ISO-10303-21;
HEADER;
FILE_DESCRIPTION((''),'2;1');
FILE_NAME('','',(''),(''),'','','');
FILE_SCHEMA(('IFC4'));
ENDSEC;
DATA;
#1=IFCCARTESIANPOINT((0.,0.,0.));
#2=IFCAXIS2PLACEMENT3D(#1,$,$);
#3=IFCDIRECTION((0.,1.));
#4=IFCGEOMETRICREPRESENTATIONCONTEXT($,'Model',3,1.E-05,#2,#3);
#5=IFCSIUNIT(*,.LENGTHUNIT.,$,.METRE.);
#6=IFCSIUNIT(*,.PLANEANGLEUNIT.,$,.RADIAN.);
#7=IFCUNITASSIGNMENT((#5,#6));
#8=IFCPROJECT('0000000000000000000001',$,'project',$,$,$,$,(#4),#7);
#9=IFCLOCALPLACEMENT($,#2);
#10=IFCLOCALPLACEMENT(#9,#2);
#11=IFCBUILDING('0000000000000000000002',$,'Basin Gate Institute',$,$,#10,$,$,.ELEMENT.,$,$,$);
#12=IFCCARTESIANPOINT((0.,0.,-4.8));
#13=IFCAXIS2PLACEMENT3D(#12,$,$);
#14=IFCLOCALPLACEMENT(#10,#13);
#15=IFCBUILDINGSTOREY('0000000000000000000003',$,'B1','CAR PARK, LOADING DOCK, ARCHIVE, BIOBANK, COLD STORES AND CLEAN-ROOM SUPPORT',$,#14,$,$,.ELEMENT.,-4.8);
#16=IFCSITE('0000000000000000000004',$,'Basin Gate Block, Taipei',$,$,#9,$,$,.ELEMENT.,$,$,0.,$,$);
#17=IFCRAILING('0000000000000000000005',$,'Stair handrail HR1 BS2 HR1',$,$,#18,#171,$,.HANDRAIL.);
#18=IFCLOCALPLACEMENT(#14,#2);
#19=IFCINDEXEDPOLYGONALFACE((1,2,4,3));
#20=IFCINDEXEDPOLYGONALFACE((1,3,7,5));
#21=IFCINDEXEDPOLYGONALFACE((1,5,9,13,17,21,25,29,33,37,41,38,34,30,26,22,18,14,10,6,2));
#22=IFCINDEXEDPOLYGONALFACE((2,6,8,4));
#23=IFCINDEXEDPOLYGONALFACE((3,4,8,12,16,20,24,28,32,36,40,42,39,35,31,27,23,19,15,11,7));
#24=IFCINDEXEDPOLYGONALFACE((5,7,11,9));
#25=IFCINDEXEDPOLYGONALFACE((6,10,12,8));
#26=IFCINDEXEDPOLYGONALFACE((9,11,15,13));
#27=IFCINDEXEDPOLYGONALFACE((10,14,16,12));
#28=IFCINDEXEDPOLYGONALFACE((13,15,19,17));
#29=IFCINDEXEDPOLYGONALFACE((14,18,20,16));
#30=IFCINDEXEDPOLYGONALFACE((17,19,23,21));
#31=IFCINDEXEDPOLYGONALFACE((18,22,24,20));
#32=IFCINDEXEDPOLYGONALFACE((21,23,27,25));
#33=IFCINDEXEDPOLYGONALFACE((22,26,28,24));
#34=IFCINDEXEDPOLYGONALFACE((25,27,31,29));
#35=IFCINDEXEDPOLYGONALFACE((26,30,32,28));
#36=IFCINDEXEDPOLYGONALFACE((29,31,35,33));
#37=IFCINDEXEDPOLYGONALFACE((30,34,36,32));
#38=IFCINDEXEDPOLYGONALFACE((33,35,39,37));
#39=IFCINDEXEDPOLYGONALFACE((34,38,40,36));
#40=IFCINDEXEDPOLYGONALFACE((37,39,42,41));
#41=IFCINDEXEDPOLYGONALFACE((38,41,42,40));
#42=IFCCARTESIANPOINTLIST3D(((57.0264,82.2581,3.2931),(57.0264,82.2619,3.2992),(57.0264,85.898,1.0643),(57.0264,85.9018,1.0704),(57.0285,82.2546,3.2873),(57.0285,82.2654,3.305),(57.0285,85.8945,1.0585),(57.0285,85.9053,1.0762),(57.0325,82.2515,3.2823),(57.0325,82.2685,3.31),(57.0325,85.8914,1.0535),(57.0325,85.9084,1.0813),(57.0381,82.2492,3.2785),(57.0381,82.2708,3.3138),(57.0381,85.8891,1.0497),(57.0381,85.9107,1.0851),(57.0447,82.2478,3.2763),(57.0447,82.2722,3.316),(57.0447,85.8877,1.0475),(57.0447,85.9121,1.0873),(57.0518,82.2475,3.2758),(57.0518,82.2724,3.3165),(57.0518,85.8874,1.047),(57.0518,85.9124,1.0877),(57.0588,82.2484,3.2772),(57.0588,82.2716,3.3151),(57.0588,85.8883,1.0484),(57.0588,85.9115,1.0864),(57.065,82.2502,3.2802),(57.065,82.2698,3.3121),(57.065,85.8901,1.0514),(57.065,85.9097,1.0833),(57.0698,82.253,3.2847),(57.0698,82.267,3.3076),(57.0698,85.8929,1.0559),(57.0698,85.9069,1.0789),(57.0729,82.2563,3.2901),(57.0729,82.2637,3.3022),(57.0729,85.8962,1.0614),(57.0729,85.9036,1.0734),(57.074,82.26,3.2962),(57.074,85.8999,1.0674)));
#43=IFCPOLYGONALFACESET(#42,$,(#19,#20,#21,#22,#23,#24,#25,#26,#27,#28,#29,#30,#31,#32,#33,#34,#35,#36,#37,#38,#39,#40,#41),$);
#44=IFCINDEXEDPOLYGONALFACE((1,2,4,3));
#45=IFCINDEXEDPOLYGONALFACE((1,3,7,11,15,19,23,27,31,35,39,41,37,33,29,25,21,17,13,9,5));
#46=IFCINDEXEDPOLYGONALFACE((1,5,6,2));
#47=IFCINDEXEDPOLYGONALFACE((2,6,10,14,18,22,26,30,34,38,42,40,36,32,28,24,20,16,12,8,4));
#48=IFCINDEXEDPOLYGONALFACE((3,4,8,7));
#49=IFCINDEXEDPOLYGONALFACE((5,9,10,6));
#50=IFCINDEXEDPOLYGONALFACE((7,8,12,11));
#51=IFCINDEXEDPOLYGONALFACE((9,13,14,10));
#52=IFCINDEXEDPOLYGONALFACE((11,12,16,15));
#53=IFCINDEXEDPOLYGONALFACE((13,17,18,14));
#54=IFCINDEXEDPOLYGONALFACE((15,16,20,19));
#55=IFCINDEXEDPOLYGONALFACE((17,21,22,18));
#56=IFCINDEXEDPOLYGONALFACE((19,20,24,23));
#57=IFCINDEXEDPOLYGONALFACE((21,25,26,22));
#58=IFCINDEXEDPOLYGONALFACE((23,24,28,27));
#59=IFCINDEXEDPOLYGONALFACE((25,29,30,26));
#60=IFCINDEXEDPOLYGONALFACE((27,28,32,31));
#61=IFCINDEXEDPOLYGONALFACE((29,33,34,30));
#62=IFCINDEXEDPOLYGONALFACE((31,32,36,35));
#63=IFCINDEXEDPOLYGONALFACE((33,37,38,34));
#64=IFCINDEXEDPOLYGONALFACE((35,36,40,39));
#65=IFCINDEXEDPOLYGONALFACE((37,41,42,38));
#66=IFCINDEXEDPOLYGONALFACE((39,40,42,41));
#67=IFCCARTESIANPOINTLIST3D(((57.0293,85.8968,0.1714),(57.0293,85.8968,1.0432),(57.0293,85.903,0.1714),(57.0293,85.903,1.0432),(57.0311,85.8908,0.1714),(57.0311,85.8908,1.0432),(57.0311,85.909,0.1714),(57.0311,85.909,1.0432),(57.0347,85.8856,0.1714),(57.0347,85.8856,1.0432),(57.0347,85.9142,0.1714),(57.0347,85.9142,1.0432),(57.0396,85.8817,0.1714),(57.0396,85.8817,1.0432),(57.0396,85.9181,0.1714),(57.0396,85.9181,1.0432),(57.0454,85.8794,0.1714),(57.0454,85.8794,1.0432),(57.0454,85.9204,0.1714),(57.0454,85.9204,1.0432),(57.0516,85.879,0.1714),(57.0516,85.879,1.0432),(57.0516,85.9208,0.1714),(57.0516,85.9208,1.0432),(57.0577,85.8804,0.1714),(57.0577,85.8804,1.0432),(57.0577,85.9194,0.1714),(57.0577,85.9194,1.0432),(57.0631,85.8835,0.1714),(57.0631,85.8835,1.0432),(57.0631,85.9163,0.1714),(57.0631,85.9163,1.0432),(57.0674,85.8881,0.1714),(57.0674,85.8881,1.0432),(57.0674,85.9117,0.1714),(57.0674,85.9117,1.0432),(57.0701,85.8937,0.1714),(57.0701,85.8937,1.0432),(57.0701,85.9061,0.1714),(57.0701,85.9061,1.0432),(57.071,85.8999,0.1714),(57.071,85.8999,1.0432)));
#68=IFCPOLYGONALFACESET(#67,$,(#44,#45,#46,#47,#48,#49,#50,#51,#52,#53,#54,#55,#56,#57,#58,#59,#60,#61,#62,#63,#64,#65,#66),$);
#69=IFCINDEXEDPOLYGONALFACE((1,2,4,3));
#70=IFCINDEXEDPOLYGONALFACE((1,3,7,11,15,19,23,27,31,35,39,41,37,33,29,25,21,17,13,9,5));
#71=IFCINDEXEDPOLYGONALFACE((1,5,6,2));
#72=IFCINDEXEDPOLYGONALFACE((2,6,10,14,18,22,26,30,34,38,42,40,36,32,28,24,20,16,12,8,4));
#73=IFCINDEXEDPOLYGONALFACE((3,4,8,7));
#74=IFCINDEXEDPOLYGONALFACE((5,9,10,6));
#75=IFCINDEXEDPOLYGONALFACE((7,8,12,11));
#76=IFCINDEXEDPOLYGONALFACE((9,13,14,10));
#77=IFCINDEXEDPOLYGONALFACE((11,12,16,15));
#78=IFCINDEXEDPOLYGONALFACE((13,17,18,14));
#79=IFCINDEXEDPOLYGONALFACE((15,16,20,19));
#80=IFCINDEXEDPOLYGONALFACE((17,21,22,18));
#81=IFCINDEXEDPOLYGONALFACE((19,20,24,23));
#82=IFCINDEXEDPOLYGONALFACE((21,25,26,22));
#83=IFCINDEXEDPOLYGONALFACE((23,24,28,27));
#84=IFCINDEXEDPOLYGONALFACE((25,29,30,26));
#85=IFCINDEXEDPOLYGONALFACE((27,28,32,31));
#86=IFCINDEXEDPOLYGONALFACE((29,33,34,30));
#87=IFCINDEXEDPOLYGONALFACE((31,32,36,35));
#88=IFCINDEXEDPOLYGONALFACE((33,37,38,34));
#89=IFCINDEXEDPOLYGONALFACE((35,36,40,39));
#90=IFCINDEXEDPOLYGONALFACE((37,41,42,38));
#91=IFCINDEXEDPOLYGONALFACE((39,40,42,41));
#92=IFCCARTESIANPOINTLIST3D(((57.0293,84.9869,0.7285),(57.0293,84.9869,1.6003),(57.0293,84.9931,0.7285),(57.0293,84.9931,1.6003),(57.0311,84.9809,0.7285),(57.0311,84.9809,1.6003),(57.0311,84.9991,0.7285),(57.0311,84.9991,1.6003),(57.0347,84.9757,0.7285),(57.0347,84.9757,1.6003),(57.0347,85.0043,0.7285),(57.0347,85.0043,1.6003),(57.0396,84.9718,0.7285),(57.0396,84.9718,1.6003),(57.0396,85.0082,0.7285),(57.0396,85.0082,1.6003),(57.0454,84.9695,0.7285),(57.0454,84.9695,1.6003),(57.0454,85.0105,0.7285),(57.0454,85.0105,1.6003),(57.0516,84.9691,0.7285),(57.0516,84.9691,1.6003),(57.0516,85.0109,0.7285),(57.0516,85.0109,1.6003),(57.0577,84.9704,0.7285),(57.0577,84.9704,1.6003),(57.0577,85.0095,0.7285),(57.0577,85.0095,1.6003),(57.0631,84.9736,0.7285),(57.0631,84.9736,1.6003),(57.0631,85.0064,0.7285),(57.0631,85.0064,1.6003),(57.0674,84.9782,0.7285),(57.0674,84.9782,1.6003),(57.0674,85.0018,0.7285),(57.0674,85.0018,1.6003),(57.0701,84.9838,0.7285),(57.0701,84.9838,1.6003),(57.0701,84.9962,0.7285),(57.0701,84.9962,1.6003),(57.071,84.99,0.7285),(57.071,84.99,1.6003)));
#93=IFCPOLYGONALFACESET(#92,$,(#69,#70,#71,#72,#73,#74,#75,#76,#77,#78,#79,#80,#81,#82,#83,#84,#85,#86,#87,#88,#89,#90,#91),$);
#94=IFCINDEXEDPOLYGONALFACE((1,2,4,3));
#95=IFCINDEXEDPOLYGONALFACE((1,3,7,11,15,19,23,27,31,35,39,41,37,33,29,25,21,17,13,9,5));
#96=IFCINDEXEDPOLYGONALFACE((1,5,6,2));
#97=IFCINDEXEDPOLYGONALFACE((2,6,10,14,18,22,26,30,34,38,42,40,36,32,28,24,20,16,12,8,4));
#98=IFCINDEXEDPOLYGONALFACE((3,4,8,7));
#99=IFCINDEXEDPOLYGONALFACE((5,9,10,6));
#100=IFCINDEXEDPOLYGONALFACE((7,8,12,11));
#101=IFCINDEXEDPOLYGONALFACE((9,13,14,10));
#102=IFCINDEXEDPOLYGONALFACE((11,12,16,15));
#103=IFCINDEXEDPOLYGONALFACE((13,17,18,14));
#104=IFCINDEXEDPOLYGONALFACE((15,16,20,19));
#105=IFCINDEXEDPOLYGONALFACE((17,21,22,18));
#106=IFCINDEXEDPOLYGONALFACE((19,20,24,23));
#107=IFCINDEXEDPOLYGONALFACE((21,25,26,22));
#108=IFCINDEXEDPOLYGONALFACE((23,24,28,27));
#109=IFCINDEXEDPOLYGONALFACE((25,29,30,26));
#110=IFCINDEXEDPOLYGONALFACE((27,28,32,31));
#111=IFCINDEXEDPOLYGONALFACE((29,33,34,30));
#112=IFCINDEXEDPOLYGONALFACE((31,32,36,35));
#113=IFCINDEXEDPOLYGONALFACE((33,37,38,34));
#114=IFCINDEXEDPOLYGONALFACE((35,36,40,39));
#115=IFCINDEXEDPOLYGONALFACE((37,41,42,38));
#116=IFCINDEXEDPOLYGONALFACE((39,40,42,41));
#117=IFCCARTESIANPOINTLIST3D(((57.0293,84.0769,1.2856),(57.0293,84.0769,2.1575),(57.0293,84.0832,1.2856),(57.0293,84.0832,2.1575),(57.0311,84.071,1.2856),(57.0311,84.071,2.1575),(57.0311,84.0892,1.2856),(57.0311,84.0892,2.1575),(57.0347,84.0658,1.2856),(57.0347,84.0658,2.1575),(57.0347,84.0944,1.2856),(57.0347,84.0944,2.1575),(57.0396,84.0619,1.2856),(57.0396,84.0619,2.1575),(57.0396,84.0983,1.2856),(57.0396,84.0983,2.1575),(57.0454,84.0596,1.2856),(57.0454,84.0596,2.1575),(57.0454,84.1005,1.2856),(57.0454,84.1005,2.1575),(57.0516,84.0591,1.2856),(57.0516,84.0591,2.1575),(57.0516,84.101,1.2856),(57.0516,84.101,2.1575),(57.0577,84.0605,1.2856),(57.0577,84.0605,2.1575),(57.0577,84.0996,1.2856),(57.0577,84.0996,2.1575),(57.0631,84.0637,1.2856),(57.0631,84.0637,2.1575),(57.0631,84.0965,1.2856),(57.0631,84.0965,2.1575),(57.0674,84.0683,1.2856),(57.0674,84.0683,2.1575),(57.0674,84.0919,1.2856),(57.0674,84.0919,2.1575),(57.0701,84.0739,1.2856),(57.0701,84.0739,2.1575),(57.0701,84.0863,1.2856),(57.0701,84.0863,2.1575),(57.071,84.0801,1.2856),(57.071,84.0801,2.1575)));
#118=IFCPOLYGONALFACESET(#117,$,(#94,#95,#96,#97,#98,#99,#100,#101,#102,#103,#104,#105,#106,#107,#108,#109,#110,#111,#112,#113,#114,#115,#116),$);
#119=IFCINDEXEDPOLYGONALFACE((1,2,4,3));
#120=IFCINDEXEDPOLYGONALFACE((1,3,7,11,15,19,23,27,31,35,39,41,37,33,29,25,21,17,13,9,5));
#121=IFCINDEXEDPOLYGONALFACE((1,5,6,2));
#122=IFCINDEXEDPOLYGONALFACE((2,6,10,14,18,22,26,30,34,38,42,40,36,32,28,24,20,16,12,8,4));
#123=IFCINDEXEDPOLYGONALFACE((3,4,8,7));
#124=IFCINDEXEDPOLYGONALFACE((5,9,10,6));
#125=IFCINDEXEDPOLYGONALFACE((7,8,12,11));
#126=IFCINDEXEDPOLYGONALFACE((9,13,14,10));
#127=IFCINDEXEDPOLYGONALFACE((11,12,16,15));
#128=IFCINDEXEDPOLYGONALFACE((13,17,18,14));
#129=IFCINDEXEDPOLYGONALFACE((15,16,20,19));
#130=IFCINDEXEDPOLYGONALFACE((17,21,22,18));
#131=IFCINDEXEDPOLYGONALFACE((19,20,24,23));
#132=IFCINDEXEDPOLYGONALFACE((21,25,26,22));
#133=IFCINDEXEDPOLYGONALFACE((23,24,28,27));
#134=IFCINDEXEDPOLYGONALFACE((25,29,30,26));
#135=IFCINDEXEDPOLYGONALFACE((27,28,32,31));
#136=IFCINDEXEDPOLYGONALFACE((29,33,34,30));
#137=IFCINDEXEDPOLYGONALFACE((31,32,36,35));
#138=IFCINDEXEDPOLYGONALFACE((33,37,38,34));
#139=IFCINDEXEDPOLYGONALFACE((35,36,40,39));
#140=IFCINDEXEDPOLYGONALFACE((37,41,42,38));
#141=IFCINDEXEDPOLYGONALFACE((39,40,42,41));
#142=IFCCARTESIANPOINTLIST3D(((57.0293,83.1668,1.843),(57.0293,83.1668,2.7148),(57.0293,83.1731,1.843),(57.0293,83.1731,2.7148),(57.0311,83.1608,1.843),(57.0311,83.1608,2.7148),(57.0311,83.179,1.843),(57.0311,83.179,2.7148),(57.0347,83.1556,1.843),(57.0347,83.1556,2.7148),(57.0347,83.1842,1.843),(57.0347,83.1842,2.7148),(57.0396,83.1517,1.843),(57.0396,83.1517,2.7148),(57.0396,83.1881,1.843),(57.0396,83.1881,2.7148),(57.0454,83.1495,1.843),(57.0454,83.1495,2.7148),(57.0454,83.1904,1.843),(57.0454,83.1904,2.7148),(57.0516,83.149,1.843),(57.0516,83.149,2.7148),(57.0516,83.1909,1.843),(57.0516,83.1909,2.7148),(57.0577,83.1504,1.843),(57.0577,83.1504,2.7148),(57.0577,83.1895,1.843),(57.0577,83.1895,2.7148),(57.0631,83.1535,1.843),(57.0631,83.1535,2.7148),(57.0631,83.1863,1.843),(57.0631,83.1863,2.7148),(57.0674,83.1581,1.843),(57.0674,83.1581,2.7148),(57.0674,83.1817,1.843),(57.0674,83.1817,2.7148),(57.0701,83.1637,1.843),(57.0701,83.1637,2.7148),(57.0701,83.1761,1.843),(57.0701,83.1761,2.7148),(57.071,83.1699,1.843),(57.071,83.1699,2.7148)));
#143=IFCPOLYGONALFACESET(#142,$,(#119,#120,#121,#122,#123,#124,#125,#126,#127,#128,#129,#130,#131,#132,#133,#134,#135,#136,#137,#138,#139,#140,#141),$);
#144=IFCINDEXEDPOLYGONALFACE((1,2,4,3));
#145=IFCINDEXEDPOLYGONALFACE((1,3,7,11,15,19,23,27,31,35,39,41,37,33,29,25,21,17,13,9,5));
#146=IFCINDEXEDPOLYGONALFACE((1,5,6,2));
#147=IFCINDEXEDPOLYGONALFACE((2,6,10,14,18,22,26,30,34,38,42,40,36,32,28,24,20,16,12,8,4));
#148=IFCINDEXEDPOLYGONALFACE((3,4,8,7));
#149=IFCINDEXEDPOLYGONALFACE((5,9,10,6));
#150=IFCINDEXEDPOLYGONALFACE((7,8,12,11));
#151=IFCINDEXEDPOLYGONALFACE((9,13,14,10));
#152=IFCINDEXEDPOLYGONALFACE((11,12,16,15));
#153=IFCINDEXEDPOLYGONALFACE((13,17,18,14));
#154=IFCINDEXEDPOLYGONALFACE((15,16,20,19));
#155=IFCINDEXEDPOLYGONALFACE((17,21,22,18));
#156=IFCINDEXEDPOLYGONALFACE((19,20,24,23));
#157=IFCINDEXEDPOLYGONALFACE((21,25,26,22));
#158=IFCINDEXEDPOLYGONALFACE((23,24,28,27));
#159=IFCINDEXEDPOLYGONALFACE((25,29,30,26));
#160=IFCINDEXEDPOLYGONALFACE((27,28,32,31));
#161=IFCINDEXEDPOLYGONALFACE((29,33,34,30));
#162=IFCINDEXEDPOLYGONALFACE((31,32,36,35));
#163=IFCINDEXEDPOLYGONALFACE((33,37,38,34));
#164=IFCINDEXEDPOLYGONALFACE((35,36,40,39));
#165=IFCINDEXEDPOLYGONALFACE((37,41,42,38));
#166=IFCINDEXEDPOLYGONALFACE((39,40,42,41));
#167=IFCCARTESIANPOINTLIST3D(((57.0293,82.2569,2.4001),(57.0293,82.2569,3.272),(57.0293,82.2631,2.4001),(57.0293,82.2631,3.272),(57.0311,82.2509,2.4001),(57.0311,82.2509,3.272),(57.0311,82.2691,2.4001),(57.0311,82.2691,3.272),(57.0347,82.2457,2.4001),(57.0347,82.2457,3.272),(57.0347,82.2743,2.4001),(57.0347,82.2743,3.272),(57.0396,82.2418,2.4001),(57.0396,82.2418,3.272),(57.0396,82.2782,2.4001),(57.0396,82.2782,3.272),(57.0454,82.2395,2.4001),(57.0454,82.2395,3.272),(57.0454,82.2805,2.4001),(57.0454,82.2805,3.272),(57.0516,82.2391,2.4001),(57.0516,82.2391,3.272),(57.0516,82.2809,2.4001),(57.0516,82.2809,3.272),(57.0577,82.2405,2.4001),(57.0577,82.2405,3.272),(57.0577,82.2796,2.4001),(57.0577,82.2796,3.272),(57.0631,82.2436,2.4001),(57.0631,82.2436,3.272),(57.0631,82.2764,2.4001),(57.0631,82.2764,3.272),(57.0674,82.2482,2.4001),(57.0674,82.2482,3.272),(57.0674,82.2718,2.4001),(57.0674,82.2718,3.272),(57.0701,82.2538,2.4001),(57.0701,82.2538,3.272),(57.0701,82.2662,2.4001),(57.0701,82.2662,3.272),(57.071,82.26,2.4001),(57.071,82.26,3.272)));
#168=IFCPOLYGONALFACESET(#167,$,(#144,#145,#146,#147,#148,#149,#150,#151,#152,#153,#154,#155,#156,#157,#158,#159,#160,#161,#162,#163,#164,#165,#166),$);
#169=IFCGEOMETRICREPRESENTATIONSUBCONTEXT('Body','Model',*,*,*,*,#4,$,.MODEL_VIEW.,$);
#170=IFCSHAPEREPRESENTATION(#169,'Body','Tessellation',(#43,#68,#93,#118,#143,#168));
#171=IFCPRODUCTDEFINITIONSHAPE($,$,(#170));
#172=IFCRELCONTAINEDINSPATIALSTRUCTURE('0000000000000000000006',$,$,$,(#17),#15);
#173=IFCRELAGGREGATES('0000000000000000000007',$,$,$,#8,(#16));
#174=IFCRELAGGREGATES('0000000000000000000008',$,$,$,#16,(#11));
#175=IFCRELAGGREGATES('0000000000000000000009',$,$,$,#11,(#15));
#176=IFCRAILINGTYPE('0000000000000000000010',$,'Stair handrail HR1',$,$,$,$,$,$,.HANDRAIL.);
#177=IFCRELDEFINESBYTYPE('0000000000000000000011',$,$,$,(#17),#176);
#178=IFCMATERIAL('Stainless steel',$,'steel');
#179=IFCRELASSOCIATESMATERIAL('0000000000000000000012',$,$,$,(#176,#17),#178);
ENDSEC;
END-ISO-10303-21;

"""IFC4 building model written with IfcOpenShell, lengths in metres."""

from ifc_helpers import new_model, si_unit, direction, frame, origin, origin_2d, place, context, subcontext, project, spatial, circle, extrude, material, type_object, element, save


model = new_model("IFC4")

# Units and contexts
model_context = context("Model", 3, precision=1e-05, world=origin(), true_north=direction((0.0, 1.0)))
body_context = subcontext(model_context, "Body", "Model", "MODEL_VIEW")
ifc_project = project(units=[si_unit("LENGTHUNIT", "METRE"), si_unit("PLANEANGLEUNIT", "RADIAN")], contexts=[model_context])

# Site, building, storey
site_placement = place(None, origin())
site = spatial("IfcSite", under=ifc_project, at=site_placement, Name="Basin Gate Block, Taipei", CompositionType="ELEMENT", RefElevation=0.0)
building_placement = place(site_placement, origin())
building = spatial("IfcBuilding", under=site, at=building_placement, Name="Basin Gate Institute", CompositionType="ELEMENT")
storey_placement = place(building_placement, frame((0.0, 0.0, -4.8)))
storey = spatial("IfcBuildingStorey", under=building, at=storey_placement, Name="B1", Description="CAR PARK, LOADING DOCK, ARCHIVE, BIOBANK, COLD STORES AND CLEAN-ROOM SUPPORT", CompositionType="ELEMENT", Elevation=-4.8)

# Railing
ifc_material_1 = material(Name="Stainless steel", Category="steel")
railing_type_1 = type_object("IfcRailingType", Name="Stair handrail HR1", PredefinedType="HANDRAIL", material=ifc_material_1)
for number, where, name in (
    (1, (57.05, 85.8999, 0.1714), "Stair handrail HR1 BS2 HR1"),
):
    element("IfcRailing", number, at=place(storey_placement, frame(where)), inside=storey, type_object=railing_type_1, material=ifc_material_1, Name=name, PredefinedType="HANDRAIL", context=body_context, shape_type="SweptSolid", body=[
        extrude(circle(Radius=0.0239, at=origin_2d()), frame((0.0, 0.0, 0.896), z_axis=(0.0, -0.852825, 0.522197), x_axis=(1.0, 0.0, 0.0)), (0.0, 0.0, 1.0), 4.2681),
        extrude(circle(Radius=0.021, at=origin_2d()), origin(), (0.0, 0.0, 1.0), 0.8718),
        extrude(circle(Radius=0.021, at=origin_2d()), frame((0.0, -0.9099, 0.5571)), (0.0, 0.0, 1.0), 0.8718),
        extrude(circle(Radius=0.021, at=origin_2d()), frame((0.0, -1.8198, 1.1143)), (0.0, 0.0, 1.0), 0.8718),
        extrude(circle(Radius=0.021, at=origin_2d()), frame((0.0, -2.73, 1.6716)), (0.0, 0.0, 1.0), 0.8718),
        extrude(circle(Radius=0.021, at=origin_2d()), frame((0.0, -3.6399, 2.2288)), (0.0, 0.0, 1.0), 0.8718),
    ])

save(model, "model.ifc")
